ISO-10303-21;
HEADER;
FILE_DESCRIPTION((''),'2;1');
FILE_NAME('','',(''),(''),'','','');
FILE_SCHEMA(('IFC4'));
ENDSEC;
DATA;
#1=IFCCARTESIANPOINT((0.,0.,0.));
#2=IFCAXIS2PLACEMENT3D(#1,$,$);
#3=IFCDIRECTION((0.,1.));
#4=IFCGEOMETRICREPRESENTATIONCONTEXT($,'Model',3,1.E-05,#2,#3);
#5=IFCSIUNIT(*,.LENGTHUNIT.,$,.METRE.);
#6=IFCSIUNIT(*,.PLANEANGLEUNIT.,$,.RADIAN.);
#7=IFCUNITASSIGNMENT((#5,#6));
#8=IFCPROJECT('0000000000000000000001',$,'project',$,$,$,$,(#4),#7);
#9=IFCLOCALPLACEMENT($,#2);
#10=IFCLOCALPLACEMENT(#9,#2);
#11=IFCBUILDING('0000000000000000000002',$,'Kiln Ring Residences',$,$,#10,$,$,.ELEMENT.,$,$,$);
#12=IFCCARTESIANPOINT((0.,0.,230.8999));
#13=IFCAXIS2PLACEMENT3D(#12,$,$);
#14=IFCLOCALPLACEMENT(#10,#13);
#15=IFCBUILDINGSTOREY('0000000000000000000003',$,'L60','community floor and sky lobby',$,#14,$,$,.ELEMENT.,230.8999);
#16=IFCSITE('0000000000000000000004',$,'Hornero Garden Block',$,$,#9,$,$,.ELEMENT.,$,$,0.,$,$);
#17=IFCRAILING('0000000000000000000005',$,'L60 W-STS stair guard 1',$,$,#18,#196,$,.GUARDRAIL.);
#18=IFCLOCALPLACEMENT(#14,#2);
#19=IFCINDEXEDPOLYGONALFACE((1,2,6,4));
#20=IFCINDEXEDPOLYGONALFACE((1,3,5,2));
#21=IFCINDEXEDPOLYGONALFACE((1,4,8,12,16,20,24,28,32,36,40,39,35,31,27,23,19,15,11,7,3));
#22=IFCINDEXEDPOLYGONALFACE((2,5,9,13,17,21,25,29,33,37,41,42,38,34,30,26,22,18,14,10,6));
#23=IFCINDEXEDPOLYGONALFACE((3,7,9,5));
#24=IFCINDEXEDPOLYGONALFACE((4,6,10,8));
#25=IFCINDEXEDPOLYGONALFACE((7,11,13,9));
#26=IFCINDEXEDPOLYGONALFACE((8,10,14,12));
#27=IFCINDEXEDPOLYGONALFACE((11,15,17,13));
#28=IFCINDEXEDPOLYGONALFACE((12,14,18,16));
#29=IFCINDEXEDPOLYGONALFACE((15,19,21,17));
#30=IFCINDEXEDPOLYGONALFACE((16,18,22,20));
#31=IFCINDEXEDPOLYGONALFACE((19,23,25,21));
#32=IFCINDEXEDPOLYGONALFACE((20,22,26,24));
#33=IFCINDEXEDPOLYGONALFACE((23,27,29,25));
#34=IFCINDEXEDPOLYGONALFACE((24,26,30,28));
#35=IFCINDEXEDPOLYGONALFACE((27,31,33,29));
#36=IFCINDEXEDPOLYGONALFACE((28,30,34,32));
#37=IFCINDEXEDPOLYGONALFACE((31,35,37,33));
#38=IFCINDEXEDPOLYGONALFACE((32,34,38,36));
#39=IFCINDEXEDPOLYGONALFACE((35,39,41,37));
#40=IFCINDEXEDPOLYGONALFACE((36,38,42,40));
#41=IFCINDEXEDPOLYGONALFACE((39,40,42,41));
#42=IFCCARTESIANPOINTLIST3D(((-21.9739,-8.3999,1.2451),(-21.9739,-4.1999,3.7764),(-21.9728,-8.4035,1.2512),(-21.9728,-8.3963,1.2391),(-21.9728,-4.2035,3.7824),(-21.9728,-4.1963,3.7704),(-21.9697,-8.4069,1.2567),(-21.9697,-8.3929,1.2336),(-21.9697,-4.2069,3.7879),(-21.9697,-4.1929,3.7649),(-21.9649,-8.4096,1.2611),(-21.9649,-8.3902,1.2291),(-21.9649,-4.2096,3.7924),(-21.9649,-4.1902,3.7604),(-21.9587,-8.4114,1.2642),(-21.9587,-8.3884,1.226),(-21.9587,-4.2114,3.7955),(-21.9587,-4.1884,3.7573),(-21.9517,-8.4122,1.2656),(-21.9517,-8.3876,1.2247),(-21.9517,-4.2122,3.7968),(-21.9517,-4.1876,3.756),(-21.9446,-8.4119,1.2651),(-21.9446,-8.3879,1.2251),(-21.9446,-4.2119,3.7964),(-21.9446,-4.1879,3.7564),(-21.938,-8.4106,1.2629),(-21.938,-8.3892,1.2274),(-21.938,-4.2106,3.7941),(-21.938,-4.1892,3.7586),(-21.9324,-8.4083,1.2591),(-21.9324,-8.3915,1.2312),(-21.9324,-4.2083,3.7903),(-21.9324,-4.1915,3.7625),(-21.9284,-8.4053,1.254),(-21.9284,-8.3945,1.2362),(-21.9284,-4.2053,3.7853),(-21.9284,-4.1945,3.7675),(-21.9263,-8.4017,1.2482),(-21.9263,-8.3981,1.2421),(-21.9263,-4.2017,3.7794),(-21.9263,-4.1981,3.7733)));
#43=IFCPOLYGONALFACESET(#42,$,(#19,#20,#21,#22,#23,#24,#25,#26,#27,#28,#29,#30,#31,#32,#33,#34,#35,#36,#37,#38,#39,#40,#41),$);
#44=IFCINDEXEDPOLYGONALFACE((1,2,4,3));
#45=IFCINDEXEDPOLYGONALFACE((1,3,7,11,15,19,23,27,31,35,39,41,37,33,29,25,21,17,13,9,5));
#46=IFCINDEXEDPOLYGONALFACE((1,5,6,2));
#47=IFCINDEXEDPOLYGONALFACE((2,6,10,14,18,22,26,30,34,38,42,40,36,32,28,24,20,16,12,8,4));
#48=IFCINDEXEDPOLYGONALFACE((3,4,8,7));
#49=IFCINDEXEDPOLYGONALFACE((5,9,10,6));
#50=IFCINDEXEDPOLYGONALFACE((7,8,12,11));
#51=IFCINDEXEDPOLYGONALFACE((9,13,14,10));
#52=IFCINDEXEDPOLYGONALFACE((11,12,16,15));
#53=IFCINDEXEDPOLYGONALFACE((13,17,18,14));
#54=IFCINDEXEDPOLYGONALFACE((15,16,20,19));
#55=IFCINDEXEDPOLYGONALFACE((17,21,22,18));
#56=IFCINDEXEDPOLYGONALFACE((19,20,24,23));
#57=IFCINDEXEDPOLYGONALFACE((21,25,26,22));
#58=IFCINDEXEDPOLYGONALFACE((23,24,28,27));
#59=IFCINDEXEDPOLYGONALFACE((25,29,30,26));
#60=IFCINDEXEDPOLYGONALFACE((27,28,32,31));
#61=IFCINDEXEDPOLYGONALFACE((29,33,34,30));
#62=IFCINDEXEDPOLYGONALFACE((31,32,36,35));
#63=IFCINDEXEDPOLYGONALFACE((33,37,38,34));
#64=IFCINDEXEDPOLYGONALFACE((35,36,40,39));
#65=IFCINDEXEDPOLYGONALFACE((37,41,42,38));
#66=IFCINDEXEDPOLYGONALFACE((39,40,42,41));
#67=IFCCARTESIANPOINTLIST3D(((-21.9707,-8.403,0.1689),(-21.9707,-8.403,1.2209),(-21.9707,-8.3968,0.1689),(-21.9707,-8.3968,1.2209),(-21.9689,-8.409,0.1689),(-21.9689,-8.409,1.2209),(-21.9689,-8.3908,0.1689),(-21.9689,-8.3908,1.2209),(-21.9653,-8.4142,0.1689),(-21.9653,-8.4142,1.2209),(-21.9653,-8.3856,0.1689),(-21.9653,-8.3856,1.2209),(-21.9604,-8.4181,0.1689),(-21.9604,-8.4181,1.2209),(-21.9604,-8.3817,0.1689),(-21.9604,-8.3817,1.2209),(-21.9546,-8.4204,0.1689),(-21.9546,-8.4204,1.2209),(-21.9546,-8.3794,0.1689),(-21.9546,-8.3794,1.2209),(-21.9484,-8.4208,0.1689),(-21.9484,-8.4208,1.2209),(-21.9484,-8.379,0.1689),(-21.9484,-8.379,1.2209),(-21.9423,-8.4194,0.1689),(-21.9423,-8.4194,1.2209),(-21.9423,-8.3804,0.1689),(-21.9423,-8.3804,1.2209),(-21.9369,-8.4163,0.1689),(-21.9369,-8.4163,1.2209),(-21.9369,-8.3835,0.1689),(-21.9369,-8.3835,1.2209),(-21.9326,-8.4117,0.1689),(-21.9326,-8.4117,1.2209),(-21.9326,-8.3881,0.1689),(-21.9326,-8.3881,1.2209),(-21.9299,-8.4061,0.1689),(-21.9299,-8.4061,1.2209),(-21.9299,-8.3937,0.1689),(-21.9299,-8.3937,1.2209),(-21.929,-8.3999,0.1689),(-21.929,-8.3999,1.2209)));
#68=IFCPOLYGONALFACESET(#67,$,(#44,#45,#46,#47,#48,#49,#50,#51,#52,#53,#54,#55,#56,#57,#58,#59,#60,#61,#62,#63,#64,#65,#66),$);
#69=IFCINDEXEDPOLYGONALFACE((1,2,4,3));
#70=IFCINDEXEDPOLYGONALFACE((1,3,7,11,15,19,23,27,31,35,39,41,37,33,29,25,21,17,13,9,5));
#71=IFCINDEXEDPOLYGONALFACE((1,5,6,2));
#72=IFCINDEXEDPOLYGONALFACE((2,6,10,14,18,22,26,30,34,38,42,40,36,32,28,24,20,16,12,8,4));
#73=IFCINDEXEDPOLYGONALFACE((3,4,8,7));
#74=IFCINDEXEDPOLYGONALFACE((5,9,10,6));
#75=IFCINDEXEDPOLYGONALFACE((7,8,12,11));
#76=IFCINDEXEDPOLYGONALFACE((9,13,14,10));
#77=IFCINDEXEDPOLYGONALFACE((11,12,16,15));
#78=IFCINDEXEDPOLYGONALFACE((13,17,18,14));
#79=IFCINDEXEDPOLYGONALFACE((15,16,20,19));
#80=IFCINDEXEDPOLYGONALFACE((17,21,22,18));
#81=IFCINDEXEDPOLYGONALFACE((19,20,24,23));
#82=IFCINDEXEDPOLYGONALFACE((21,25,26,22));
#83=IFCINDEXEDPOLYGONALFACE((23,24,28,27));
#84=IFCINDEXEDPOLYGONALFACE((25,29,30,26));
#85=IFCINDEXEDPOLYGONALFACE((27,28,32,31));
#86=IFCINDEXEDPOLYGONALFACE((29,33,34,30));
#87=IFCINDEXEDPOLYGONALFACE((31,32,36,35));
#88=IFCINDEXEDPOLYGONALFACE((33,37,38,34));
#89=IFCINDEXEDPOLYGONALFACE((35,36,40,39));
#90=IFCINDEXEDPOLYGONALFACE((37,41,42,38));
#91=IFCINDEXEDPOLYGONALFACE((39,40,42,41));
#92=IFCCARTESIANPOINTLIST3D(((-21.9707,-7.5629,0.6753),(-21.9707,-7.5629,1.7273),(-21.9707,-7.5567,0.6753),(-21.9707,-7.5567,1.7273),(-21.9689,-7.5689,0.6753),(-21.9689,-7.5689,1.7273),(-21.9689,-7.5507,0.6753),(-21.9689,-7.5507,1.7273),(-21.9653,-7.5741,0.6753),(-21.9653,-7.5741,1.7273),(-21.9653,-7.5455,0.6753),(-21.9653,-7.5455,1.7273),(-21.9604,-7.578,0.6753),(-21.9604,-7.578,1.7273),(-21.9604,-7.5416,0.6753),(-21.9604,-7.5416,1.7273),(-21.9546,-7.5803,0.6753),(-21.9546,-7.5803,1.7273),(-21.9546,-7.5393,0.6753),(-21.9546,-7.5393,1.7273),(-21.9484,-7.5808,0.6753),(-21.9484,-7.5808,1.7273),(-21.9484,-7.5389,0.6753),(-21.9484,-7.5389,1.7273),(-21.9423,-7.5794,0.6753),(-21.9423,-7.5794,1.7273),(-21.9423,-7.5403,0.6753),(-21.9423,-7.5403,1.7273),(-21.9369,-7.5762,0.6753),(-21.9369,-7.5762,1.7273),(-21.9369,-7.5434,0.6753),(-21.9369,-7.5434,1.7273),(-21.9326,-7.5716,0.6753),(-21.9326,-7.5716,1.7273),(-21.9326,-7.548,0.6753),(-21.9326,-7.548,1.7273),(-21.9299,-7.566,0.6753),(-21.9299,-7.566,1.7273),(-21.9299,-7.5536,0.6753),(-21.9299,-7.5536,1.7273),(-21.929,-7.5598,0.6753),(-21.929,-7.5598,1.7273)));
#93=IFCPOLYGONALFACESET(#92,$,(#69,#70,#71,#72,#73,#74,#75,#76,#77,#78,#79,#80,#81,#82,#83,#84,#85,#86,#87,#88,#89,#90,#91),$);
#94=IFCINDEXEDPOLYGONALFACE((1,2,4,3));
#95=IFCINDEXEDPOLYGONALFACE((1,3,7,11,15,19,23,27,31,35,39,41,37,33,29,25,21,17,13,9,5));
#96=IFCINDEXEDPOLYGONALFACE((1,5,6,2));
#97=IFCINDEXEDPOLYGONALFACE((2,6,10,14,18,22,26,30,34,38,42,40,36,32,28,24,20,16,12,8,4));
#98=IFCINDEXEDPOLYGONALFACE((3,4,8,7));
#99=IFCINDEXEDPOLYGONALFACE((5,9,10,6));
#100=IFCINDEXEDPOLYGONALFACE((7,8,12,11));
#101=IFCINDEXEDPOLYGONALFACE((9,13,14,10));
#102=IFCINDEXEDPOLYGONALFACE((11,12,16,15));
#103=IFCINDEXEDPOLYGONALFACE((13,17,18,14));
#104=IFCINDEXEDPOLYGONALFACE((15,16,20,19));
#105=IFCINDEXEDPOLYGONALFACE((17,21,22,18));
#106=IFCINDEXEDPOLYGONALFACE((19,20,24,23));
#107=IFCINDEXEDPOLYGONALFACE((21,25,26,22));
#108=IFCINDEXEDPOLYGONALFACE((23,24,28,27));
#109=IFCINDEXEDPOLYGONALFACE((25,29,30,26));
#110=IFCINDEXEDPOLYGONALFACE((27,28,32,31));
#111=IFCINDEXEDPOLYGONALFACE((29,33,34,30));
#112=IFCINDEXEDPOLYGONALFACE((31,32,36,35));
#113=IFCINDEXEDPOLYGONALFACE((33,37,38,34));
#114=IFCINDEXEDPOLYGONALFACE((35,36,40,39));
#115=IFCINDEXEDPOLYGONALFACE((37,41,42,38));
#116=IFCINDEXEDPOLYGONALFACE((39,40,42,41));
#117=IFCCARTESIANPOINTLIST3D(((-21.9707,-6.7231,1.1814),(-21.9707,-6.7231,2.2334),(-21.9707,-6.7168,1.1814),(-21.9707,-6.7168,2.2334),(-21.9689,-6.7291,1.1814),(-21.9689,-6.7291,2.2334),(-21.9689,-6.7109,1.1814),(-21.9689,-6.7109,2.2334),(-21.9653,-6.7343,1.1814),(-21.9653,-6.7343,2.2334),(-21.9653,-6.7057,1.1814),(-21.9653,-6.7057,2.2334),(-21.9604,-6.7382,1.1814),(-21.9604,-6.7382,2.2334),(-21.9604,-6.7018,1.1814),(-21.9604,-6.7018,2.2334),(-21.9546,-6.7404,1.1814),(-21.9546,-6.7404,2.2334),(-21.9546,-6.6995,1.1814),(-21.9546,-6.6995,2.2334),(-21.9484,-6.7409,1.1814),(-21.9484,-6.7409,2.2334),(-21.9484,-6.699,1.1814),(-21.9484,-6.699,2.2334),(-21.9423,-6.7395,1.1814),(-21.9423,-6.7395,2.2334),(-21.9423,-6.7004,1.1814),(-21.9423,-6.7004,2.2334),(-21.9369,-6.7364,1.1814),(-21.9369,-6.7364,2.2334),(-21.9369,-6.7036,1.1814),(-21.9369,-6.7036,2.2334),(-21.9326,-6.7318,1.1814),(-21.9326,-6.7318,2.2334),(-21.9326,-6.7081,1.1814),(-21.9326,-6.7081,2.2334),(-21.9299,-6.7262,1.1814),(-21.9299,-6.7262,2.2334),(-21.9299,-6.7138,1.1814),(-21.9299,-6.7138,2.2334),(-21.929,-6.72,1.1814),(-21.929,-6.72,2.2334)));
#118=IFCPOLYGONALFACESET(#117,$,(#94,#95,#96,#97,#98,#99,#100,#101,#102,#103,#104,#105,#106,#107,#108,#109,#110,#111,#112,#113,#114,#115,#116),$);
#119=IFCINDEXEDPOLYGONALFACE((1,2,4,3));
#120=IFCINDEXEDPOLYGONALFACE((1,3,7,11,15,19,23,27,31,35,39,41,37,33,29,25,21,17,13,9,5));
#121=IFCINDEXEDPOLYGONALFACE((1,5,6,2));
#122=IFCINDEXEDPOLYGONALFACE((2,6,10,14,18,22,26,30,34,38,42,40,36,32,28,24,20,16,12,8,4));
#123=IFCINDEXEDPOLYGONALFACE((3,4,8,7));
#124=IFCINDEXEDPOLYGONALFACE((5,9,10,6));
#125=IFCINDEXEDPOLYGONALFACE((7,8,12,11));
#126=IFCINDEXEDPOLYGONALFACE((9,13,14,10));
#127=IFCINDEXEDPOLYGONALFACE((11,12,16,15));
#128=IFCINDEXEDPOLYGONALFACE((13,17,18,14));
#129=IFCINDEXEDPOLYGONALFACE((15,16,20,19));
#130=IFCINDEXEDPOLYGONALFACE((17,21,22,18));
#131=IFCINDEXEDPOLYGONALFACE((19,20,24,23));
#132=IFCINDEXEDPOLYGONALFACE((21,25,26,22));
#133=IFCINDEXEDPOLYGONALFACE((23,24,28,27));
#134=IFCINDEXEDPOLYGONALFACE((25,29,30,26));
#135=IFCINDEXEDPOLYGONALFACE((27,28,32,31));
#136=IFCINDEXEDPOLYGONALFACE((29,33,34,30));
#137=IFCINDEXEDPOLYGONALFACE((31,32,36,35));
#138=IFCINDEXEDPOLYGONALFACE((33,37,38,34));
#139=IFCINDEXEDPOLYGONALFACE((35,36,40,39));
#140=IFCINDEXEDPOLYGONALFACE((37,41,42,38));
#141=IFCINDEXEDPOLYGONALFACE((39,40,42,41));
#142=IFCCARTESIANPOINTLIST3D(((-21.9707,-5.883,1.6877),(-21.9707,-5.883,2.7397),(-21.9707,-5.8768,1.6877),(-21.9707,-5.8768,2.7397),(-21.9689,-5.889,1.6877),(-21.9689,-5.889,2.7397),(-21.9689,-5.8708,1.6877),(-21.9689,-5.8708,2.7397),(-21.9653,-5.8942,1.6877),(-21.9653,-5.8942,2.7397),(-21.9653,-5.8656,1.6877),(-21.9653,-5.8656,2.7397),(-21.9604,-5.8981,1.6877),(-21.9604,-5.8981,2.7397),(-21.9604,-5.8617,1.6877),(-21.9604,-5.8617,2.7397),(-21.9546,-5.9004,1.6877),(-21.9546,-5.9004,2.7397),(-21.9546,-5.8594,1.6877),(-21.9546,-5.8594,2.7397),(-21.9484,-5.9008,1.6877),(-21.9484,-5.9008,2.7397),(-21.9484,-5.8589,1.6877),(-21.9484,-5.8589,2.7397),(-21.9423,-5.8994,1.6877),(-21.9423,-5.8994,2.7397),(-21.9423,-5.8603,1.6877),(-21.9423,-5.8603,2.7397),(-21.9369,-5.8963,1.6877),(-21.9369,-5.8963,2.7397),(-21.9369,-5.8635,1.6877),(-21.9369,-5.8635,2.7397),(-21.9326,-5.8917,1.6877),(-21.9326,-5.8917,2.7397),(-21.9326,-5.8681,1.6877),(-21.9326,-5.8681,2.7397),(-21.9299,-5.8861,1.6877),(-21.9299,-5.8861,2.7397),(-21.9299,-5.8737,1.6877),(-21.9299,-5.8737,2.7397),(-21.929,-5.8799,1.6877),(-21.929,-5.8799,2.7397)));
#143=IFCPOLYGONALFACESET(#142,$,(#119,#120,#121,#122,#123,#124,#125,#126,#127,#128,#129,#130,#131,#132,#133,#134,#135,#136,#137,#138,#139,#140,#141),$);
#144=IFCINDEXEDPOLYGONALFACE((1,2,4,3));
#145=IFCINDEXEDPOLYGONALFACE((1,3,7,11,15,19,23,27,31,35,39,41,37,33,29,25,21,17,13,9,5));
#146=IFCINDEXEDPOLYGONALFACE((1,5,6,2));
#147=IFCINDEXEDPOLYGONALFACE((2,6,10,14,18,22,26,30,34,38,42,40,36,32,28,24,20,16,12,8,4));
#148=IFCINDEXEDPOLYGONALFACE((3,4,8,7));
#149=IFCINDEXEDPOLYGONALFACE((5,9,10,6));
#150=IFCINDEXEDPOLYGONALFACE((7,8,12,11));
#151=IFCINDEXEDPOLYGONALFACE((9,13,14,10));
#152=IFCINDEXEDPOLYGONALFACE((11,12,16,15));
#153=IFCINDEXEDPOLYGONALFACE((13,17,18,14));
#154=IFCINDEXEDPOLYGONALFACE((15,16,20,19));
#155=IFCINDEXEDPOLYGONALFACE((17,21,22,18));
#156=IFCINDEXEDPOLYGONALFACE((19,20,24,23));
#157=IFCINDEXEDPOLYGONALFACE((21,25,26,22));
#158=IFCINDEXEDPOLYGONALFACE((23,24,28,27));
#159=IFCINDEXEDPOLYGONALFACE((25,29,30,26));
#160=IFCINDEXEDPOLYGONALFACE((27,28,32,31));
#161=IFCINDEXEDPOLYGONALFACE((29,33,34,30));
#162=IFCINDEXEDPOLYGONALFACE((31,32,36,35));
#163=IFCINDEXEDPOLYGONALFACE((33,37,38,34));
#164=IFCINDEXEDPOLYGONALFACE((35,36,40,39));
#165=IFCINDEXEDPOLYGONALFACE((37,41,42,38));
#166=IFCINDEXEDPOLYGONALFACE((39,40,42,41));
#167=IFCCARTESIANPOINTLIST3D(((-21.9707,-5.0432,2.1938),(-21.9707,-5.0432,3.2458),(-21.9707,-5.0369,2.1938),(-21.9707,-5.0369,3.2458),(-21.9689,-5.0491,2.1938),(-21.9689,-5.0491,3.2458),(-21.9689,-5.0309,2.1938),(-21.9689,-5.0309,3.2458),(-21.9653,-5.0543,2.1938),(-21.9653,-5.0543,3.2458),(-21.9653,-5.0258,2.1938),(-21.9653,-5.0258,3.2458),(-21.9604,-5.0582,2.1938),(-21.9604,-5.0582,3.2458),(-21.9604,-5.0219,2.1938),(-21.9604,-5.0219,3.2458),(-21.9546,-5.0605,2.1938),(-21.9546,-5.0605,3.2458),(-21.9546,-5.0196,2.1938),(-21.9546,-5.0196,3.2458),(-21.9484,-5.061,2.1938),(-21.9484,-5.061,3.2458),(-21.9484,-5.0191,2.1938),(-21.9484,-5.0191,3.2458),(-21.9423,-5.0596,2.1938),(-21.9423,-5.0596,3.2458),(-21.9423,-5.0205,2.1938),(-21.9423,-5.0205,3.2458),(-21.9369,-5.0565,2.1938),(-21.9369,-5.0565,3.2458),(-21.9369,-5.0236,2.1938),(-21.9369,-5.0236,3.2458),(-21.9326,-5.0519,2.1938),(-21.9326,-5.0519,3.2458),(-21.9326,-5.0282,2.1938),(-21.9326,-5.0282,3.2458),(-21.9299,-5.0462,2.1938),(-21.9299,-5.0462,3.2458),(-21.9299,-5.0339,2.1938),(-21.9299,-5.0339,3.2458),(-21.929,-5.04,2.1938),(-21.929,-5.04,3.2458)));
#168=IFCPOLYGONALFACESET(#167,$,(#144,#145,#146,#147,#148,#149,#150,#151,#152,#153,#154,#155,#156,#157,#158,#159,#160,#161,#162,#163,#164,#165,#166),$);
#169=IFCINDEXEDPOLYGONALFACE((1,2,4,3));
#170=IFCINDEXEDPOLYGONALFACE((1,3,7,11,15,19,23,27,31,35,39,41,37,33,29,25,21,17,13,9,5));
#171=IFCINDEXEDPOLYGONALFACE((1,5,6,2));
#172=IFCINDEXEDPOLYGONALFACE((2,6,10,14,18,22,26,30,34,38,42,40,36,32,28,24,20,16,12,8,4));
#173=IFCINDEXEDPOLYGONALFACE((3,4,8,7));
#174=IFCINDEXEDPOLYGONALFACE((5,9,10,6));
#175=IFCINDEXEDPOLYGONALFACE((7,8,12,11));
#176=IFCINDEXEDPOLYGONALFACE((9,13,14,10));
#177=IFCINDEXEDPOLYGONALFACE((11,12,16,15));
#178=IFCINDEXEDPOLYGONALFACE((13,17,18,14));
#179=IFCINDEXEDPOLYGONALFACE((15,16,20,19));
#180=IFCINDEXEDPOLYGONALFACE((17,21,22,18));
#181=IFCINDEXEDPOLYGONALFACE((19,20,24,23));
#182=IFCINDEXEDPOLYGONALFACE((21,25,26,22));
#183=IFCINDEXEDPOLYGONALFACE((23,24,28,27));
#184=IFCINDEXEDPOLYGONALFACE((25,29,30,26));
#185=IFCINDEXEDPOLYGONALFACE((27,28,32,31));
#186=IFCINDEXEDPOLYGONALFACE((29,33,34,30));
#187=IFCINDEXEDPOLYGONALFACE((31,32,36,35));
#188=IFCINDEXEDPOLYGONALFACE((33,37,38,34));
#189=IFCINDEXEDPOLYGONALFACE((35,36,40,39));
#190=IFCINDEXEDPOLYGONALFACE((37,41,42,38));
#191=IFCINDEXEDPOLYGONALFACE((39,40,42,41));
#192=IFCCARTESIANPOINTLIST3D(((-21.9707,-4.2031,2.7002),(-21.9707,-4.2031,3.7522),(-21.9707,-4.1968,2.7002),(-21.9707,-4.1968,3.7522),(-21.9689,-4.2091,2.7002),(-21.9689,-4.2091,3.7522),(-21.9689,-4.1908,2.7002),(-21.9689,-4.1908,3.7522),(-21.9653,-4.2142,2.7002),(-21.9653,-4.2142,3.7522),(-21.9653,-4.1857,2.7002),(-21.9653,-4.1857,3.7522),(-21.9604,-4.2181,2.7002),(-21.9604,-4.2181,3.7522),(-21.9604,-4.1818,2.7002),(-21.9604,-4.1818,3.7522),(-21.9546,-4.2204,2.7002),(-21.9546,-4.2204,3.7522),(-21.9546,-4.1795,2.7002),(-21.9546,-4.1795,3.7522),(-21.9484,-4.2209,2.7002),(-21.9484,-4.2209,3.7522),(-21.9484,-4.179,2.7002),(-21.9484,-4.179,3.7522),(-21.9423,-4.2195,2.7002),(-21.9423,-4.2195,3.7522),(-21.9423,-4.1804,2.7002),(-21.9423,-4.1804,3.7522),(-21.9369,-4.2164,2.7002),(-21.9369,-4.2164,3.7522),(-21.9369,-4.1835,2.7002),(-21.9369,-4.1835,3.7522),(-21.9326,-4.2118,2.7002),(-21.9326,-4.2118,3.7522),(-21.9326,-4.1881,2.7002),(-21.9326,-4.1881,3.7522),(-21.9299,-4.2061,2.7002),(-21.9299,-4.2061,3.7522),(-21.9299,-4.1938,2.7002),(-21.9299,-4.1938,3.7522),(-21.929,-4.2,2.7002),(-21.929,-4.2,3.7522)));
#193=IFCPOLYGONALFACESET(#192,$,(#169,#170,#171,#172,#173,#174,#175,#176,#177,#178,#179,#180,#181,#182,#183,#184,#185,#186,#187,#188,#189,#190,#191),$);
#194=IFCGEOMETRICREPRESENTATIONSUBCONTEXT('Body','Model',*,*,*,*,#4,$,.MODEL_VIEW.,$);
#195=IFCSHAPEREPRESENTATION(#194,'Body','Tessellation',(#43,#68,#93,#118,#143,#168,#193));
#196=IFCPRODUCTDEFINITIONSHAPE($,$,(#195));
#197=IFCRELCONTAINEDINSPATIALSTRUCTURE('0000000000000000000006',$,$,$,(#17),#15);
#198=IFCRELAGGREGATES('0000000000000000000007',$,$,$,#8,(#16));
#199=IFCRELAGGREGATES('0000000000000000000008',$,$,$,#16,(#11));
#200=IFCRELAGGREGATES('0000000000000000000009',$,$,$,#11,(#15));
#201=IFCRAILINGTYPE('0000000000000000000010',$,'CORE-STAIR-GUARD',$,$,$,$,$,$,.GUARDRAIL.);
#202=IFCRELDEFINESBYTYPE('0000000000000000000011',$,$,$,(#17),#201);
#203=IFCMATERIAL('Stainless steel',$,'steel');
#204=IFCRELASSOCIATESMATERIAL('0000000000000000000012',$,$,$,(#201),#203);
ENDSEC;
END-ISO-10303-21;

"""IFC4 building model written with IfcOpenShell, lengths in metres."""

from ifc_helpers import new_model, si_unit, direction, frame, origin, origin_2d, place, context, subcontext, project, spatial, circle, extrude, material, type_object, element, save


model = new_model("IFC4")

# Units and contexts
model_context = context("Model", 3, precision=1e-05, world=origin(), true_north=direction((0.0, 1.0)))
body_context = subcontext(model_context, "Body", "Model", "MODEL_VIEW")
ifc_project = project(units=[si_unit("LENGTHUNIT", "METRE"), si_unit("PLANEANGLEUNIT", "RADIAN")], contexts=[model_context])

# Site, building, storey
site_placement = place(None, origin())
site = spatial("IfcSite", under=ifc_project, at=site_placement, Name="Hornero Garden Block", CompositionType="ELEMENT", RefElevation=0.0)
building_placement = place(site_placement, origin())
building = spatial("IfcBuilding", under=site, at=building_placement, Name="Kiln Ring Residences", CompositionType="ELEMENT")
storey_placement = place(building_placement, frame((0.0, 0.0, 230.8999)))
storey = spatial("IfcBuildingStorey", under=building, at=storey_placement, Name="L60", Description="community floor and sky lobby", CompositionType="ELEMENT", Elevation=230.8999)

# Railing
ifc_material_1 = material(Name="Stainless steel", Category="steel")
railing_type_1 = type_object("IfcRailingType", Name="CORE-STAIR-GUARD", PredefinedType="GUARDRAIL", material=ifc_material_1)
railing_1_placement = place(storey_placement, frame((-21.95, -8.3999, 0.1689)))
element("IfcRailing", 1, at=railing_1_placement, inside=storey, type_object=railing_type_1, Name="L60 W-STS stair guard 1", PredefinedType="GUARDRAIL", context=body_context, shape_type="SweptSolid", body=[
    extrude(circle(Radius=0.0239, at=origin_2d()), frame((0.0, 0.0, 1.0762), z_axis=(0.0, 0.856476, 0.516186), x_axis=(-1.0, 0.0, 0.0)), (0.0, 0.0, 1.0), 4.9038),
    extrude(circle(Radius=0.021, at=origin_2d()), origin(), (0.0, 0.0, 1.0), 1.052),
    extrude(circle(Radius=0.021, at=origin_2d()), frame((0.0, 0.8401, 0.5063)), (0.0, 0.0, 1.0), 1.052),
    extrude(circle(Radius=0.021, at=origin_2d()), frame((0.0, 1.6799, 1.0125)), (0.0, 0.0, 1.0), 1.052),
    extrude(circle(Radius=0.021, at=origin_2d()), frame((0.0, 2.52, 1.5188)), (0.0, 0.0, 1.0), 1.052),
    extrude(circle(Radius=0.021, at=origin_2d()), frame((0.0, 3.3599, 2.0249)), (0.0, 0.0, 1.0), 1.052),
    extrude(circle(Radius=0.021, at=origin_2d()), frame((0.0, 4.2, 2.5312)), (0.0, 0.0, 1.0), 1.052),
])

save(model, "model.ifc")
